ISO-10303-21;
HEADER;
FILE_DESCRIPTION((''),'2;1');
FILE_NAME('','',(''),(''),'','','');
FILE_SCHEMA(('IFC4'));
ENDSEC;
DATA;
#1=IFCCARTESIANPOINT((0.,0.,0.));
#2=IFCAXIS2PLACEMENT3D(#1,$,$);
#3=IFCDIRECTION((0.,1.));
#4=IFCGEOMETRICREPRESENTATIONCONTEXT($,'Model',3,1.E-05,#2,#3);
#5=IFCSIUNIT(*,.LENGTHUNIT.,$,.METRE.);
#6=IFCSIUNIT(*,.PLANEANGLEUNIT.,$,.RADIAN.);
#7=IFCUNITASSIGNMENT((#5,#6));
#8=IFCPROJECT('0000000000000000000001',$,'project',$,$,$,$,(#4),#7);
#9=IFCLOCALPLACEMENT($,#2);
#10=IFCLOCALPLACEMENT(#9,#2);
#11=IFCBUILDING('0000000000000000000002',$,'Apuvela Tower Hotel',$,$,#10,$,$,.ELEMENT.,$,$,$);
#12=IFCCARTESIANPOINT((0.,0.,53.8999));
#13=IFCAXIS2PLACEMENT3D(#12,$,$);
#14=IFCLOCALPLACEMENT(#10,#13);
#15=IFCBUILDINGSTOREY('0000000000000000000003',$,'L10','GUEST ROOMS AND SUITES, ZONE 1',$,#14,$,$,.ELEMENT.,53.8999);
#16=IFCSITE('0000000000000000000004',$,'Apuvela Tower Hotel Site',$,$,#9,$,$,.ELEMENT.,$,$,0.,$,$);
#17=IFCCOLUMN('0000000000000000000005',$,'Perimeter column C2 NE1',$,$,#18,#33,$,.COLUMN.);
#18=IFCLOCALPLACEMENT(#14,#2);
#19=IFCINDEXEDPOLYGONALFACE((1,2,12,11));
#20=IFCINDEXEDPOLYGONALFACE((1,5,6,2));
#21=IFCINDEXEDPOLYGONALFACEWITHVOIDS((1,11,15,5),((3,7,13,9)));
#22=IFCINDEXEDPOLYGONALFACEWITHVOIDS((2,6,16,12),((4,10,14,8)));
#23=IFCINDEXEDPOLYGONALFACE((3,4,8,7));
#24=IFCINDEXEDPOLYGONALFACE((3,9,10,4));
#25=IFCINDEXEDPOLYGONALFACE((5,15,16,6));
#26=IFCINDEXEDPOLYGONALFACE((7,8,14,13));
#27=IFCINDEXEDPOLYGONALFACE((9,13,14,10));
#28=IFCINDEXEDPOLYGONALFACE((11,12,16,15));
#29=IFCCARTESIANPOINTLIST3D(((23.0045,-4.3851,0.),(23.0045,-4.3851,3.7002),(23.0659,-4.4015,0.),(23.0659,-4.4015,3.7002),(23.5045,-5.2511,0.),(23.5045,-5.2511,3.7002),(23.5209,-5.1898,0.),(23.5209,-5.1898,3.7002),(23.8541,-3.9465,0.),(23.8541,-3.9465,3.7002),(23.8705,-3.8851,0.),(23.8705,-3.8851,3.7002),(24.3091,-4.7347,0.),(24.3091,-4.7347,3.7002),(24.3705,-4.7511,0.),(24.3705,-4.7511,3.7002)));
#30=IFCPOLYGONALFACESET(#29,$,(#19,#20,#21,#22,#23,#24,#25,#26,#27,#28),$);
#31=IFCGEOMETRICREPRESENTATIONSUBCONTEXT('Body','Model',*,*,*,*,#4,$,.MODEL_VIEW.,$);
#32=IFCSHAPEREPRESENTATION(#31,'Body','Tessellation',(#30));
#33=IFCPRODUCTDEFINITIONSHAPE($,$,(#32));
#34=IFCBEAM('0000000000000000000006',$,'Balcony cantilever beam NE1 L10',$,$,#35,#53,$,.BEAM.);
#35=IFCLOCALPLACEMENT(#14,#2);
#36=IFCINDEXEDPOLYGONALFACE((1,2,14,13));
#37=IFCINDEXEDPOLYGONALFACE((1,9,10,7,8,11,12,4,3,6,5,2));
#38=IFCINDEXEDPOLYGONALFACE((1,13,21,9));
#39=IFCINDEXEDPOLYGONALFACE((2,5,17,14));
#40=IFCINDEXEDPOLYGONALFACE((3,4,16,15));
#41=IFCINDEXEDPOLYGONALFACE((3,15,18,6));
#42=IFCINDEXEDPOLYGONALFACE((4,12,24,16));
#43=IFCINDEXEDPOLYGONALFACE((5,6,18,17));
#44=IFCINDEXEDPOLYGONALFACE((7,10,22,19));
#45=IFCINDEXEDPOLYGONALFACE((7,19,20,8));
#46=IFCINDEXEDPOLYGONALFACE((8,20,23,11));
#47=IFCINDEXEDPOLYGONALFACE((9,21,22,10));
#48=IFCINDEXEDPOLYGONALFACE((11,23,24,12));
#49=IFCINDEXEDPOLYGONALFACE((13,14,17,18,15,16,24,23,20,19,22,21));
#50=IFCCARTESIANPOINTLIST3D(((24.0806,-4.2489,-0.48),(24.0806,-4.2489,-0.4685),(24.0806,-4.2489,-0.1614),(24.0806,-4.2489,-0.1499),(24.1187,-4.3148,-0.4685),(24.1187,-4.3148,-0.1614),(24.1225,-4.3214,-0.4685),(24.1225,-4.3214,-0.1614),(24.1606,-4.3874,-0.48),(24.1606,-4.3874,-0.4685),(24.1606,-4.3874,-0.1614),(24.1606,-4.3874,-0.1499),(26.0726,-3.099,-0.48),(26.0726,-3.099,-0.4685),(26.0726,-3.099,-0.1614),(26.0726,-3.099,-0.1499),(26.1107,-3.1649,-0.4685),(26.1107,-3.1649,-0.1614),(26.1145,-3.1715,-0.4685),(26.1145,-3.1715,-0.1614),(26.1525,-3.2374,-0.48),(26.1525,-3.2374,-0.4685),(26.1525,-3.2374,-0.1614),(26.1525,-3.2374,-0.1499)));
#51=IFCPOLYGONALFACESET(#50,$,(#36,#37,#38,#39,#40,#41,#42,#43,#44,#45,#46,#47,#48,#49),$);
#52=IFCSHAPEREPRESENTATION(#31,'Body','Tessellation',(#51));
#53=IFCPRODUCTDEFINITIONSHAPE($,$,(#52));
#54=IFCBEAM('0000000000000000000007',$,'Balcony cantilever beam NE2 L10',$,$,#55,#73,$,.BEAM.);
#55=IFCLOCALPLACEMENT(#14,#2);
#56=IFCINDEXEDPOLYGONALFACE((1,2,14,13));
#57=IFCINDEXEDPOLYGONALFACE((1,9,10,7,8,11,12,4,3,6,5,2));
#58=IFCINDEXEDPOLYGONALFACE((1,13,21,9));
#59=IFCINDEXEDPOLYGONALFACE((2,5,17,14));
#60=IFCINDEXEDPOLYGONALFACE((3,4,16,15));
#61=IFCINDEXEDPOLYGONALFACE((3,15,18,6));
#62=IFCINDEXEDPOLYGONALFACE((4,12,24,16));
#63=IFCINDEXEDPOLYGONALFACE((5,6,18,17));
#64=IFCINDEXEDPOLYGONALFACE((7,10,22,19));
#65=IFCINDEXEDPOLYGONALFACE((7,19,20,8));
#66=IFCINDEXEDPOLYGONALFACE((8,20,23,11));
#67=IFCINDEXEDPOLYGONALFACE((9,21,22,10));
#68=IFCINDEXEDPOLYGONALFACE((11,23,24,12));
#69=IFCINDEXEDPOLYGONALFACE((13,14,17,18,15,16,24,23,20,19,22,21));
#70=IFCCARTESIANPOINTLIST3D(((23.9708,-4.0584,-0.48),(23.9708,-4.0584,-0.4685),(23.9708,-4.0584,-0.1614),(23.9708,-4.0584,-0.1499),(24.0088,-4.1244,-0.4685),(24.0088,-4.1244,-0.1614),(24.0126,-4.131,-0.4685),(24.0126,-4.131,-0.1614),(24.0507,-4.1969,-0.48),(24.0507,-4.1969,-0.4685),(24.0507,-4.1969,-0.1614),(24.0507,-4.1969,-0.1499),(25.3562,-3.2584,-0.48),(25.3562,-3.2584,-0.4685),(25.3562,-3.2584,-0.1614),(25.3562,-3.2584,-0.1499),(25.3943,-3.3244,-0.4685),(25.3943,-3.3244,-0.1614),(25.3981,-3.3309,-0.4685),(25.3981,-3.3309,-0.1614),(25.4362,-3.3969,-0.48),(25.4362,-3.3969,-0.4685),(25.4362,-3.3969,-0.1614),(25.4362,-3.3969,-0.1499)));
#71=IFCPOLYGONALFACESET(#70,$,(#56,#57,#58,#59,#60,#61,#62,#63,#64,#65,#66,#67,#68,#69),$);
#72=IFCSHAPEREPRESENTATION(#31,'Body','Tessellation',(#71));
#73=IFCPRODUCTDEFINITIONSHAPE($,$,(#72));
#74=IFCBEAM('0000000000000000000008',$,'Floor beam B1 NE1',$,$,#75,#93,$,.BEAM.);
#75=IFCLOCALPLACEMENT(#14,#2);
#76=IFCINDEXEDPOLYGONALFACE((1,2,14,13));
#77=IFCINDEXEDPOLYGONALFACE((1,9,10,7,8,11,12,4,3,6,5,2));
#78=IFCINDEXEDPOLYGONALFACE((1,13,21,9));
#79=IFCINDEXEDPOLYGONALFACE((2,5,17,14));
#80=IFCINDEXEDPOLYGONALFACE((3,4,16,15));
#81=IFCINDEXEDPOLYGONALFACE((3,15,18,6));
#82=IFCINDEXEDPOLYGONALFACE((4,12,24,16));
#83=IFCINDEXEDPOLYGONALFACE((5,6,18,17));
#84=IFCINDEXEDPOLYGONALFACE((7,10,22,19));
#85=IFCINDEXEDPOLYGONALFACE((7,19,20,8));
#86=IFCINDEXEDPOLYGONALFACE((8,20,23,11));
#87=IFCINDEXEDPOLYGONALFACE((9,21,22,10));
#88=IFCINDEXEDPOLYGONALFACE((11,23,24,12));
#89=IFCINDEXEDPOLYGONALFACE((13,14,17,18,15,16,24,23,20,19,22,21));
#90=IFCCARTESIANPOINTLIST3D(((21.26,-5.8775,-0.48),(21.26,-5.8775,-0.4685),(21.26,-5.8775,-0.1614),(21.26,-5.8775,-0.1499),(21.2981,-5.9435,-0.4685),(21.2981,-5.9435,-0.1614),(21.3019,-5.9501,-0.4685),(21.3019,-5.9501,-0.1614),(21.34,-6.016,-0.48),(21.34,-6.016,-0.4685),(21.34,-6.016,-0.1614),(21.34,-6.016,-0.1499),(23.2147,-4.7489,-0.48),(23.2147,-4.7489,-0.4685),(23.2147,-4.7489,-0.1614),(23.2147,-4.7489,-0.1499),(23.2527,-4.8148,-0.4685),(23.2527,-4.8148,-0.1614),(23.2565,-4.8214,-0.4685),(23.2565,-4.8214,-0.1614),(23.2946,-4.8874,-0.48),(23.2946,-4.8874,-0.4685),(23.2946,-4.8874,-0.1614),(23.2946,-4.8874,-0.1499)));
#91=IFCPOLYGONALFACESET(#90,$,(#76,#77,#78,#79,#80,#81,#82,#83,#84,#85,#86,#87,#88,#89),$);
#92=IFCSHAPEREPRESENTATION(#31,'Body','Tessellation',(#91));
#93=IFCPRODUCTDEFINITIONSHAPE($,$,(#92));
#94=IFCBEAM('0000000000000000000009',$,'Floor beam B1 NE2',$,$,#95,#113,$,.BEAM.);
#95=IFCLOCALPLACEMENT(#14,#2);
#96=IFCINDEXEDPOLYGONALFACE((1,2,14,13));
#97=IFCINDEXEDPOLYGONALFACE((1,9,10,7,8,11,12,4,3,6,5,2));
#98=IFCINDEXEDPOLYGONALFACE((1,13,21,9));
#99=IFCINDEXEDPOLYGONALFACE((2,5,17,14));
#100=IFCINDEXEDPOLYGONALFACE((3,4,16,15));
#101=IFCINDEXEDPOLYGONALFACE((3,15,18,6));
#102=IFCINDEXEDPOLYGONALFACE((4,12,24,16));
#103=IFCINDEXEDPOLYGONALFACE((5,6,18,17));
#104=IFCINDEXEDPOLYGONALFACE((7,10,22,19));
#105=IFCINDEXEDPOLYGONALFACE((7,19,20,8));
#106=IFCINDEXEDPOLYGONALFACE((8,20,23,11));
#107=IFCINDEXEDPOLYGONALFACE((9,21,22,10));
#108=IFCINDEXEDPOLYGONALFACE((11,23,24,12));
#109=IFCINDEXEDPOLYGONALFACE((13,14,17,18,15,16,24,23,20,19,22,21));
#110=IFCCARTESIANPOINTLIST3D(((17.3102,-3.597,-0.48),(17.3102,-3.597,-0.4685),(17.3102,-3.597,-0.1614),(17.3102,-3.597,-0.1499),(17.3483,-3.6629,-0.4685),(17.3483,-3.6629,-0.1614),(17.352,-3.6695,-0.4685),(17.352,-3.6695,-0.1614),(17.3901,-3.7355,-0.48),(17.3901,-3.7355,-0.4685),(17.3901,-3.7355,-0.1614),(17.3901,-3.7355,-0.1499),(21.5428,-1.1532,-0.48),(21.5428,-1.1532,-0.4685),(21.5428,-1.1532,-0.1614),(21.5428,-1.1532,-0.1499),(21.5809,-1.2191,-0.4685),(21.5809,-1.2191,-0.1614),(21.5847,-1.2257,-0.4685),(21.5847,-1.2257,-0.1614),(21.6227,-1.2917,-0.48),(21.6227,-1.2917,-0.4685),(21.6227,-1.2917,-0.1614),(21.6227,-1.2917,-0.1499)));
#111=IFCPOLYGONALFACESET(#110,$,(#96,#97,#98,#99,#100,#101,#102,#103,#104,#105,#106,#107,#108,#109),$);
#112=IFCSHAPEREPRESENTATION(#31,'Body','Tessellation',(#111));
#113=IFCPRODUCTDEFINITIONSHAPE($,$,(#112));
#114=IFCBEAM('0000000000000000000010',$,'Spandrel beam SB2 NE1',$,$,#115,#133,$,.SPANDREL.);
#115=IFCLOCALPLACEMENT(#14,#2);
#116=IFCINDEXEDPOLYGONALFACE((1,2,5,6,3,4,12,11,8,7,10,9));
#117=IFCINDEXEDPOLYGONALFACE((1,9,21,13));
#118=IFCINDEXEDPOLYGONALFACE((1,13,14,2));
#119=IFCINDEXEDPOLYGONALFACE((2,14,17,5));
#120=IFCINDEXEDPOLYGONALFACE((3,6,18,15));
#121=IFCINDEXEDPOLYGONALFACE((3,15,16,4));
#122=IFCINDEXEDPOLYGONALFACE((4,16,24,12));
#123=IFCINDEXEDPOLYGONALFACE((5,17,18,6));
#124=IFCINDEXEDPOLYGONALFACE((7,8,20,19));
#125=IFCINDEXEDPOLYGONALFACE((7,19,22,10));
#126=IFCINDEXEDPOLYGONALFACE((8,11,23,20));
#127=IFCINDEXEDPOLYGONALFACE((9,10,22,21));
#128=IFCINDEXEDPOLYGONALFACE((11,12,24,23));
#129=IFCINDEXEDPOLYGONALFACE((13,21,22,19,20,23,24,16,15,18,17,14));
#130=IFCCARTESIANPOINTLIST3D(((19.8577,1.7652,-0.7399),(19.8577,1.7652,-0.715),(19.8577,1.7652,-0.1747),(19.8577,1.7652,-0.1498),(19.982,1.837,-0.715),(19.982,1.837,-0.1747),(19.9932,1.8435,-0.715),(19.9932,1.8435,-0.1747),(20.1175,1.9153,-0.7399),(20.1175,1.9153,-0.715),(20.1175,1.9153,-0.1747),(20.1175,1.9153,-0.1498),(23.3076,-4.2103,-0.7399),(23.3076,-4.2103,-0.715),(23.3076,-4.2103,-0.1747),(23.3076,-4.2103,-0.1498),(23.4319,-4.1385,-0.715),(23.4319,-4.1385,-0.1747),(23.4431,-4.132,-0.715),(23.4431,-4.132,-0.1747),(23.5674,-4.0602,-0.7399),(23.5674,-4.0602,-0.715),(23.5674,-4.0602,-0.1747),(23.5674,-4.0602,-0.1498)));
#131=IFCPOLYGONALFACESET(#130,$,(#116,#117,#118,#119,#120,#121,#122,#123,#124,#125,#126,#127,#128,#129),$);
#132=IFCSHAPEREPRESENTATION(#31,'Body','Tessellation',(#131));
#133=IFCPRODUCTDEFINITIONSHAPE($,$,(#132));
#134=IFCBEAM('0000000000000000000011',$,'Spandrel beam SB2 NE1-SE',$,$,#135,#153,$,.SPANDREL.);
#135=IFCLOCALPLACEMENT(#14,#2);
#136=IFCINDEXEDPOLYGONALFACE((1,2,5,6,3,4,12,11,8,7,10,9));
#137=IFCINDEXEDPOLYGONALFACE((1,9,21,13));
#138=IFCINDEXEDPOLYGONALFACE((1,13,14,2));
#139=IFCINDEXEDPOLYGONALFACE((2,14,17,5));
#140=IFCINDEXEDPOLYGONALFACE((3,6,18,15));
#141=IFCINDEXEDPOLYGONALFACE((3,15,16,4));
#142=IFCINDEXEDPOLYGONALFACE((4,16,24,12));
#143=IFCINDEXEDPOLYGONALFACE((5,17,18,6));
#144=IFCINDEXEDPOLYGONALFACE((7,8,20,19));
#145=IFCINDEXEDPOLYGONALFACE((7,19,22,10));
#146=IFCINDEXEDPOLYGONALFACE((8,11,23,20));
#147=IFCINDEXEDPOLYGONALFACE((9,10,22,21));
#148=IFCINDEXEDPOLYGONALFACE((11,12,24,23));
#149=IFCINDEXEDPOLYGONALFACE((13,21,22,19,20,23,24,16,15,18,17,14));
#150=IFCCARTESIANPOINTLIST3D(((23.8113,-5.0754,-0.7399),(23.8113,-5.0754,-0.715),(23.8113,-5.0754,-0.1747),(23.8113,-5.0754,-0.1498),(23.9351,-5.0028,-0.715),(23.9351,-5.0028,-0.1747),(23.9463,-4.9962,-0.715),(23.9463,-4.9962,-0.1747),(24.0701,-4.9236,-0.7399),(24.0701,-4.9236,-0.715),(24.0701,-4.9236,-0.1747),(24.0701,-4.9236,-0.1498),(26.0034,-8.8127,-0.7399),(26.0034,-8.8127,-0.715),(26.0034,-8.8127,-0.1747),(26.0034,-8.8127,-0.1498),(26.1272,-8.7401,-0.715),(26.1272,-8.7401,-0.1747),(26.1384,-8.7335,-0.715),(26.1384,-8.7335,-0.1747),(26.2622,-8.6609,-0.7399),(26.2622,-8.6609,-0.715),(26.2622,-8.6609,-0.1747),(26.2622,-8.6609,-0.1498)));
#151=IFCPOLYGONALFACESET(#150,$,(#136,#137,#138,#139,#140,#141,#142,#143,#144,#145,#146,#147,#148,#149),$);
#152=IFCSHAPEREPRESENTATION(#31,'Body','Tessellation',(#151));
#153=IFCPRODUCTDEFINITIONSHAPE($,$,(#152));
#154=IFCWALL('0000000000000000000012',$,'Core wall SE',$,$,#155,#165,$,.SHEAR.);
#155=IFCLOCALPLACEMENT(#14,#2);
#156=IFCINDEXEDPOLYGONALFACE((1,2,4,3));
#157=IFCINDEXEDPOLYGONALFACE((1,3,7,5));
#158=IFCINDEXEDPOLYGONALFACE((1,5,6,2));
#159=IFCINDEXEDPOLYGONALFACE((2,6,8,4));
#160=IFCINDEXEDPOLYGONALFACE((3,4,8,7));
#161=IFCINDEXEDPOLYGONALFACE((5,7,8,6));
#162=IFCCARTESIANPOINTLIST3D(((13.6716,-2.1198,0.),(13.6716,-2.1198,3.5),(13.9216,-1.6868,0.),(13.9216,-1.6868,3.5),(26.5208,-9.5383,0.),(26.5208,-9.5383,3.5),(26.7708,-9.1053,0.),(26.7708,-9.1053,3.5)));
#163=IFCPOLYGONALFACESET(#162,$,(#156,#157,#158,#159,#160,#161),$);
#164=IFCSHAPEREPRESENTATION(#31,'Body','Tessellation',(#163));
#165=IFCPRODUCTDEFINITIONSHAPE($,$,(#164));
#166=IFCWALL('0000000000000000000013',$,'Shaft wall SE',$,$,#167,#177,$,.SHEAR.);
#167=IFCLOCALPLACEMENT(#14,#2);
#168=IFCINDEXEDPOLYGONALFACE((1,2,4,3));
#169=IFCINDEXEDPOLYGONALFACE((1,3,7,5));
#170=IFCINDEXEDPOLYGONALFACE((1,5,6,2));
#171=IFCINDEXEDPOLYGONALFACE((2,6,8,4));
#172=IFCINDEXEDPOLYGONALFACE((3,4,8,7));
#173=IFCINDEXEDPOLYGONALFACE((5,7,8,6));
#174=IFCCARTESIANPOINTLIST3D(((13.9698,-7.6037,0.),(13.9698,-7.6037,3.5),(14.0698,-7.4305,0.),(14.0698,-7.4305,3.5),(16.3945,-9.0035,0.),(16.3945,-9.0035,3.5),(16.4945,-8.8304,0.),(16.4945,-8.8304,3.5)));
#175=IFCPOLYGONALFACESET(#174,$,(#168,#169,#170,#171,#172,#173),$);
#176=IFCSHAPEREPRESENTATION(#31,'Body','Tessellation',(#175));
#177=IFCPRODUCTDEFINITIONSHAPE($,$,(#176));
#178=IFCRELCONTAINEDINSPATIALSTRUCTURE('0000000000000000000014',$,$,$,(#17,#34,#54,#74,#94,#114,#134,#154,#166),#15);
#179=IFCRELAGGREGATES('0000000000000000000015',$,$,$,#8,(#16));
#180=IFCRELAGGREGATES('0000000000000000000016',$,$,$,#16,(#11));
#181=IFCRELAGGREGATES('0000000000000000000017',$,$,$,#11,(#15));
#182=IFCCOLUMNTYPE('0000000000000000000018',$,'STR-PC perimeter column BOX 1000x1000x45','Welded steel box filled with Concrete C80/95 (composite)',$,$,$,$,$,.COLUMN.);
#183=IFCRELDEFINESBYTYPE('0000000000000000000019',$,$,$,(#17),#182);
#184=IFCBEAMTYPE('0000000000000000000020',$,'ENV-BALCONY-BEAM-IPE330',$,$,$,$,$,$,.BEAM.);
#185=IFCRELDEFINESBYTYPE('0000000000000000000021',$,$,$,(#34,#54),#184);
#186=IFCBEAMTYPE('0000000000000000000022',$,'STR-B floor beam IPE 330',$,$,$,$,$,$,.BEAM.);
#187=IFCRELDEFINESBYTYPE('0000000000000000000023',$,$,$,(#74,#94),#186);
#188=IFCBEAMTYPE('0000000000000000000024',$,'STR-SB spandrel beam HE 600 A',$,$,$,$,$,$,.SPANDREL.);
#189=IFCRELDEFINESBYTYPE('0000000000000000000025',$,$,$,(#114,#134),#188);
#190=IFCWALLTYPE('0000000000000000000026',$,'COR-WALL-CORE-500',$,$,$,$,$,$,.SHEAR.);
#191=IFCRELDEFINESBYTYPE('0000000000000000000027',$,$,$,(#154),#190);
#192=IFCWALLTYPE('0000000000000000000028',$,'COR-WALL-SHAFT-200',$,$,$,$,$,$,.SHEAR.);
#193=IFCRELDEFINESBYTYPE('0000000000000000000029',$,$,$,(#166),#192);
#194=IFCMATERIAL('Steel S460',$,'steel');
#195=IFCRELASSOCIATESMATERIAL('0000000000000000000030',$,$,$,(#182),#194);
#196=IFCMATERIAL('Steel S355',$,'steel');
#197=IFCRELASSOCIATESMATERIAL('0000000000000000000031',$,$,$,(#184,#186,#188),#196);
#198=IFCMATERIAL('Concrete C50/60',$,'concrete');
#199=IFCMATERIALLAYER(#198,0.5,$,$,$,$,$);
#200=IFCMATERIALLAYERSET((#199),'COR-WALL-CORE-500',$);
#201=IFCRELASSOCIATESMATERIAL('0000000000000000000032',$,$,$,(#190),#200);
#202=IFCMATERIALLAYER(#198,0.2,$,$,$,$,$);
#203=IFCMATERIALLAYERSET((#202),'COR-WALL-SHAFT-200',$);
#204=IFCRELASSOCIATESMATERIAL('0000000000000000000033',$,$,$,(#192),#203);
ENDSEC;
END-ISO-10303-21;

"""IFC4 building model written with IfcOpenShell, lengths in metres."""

from ifc_helpers import new_model, si_unit, direction, frame, frame_2d, origin, origin_2d, place, context, subcontext, project, spatial, rectangle, hollow_rectangle, i_section, extrude, material, layer, layer_set, material_profile, profile_set, type_object, element, save


model = new_model("IFC4")

# Units and contexts
model_context = context("Model", 3, precision=1e-05, world=origin(), true_north=direction((0.0, 1.0)))
body_context = subcontext(model_context, "Body", "Model", "MODEL_VIEW")
ifc_project = project(units=[si_unit("LENGTHUNIT", "METRE"), si_unit("PLANEANGLEUNIT", "RADIAN")], contexts=[model_context])

# Site, building, storey
site_placement = place(None, origin())
site = spatial("IfcSite", under=ifc_project, at=site_placement, Name="Apuvela Tower Hotel Site", CompositionType="ELEMENT", RefElevation=0.0)
building_placement = place(site_placement, origin())
building = spatial("IfcBuilding", under=site, at=building_placement, Name="Apuvela Tower Hotel", CompositionType="ELEMENT")
storey_placement = place(building_placement, frame((0.0, 0.0, 53.8999)))
storey = spatial("IfcBuildingStorey", under=building, at=storey_placement, Name="L10", Description="GUEST ROOMS AND SUITES, ZONE 1", CompositionType="ELEMENT", Elevation=53.8999)

# Column
ifc_material_1 = material(Name="Steel S460", Category="steel")
ifc_material_profile_1 = material_profile(ifc_material_1, hollow_rectangle(XDim=1.0, YDim=1.0, WallThickness=0.0449, at=origin_2d()), Name="BOX 1000x1000x45")
ifc_material_2 = material(Name="Concrete C80/95", Category="concrete")
ifc_material_profile_2 = material_profile(ifc_material_2, rectangle(XDim=0.9099, YDim=0.9099, at=origin_2d()), Name="Concrete C80/95 infill")
ifc_profile_set_1 = profile_set([ifc_material_profile_1, ifc_material_profile_2], Name="Steel S460")
column_type = type_object("IfcColumnType", Name="STR-PC perimeter column BOX 1000x1000x45", Description="Welded steel box filled with Concrete C80/95 (composite)", PredefinedType="COLUMN", material=ifc_profile_set_1)
column_placement = place(storey_placement, frame((23.6875, -4.5681, 0.0), z_axis=(0.0, 0.0, 1.0), x_axis=(-0.5, 0.866025, 0.0)))
element("IfcColumn", 1, at=column_placement, inside=storey, type_object=column_type, Name="Perimeter column C2 NE1", PredefinedType="COLUMN", context=body_context, shape_type="SweptSolid", body=[
    extrude(hollow_rectangle(XDim=1.0, YDim=1.0, WallThickness=0.0449, at=origin_2d()), origin(), (0.0, 0.0, 1.0), 3.7002),
])

# Beams
ifc_material_3 = material(Name="Steel S355", Category="steel")
ifc_material_profile_3 = material_profile(ifc_material_3, i_section(OverallWidth=0.1599, OverallDepth=0.3301, WebThickness=0.0076, FlangeThickness=0.0115, at=origin_2d()), Name="IPE 330")
ifc_profile_set_2 = profile_set([ifc_material_profile_3], Name="Steel S355")
beam_type_1 = type_object("IfcBeamType", Name="ENV-BALCONY-BEAM-IPE330", PredefinedType="BEAM", material=ifc_profile_set_2)
beam_1_placement = place(storey_placement, frame((24.1206, -4.3181, -0.3149), z_axis=(0.866053, 0.499952, 0.0), x_axis=(-0.499952, 0.866053, 0.0)))
element("IfcBeam", 2, at=beam_1_placement, inside=storey, type_object=beam_type_1, Name="Balcony cantilever beam NE1 L10", PredefinedType="BEAM", context=body_context, shape_type="SweptSolid", body=[
    extrude(i_section(OverallWidth=0.1599, OverallDepth=0.3301, WebThickness=0.0076, FlangeThickness=0.0115, at=origin_2d()), origin(), (0.0, 0.0, 1.0), 2.3),
])
beam_2_placement = place(storey_placement, frame((24.0107, -4.1277, -0.3149), z_axis=(0.86599, 0.500061, 0.0), x_axis=(-0.500061, 0.86599, 0.0)))
element("IfcBeam", 3, at=beam_2_placement, inside=storey, type_object=beam_type_1, Name="Balcony cantilever beam NE2 L10", PredefinedType="BEAM", context=body_context, shape_type="SweptSolid", body=[
    extrude(i_section(OverallWidth=0.1599, OverallDepth=0.3301, WebThickness=0.0076, FlangeThickness=0.0115, at=origin_2d()), origin(), (0.0, 0.0, 1.0), 1.5999),
])
ifc_material_profile_4 = material_profile(ifc_material_3, i_section(OverallWidth=0.1599, OverallDepth=0.3301, WebThickness=0.0076, FlangeThickness=0.0115, at=origin_2d()), Name="IPE 330")
ifc_profile_set_3 = profile_set([ifc_material_profile_4], Name="Steel S355")
beam_type_2 = type_object("IfcBeamType", Name="STR-B floor beam IPE 330", PredefinedType="BEAM", material=ifc_profile_set_3)
beam_3_placement = place(storey_placement, frame((23.2546, -4.8181, -0.3149), z_axis=(-0.865991, -0.50006, 0.0), x_axis=(0.50006, -0.865991, 0.0)))
element("IfcBeam", 4, at=beam_3_placement, inside=storey, type_object=beam_type_2, Name="Floor beam B1 NE1", PredefinedType="BEAM", context=body_context, shape_type="SweptSolid", body=[
    extrude(i_section(OverallWidth=0.1599, OverallDepth=0.3301, WebThickness=0.0076, FlangeThickness=0.0115, at=origin_2d()), origin(), (0.0, 0.0, 1.0), 2.2571),
])
beam_4_placement = place(storey_placement, frame((21.5828, -1.2224, -0.3149), z_axis=(-0.866015, -0.500018, 0.0), x_axis=(0.500018, -0.866015, 0.0)))
element("IfcBeam", 5, at=beam_4_placement, inside=storey, type_object=beam_type_2, Name="Floor beam B1 NE2", PredefinedType="BEAM", context=body_context, shape_type="SweptSolid", body=[
    extrude(i_section(OverallWidth=0.1599, OverallDepth=0.3301, WebThickness=0.0076, FlangeThickness=0.0115, at=origin_2d()), origin(), (0.0, 0.0, 1.0), 4.8875),
])
ifc_material_profile_5 = material_profile(ifc_material_3, i_section(OverallWidth=0.3, OverallDepth=0.5901, WebThickness=0.0129, FlangeThickness=0.0249, at=origin_2d()), Name="HE 600 A")
ifc_profile_set_4 = profile_set([ifc_material_profile_5], Name="Steel S355")
beam_type_3 = type_object("IfcBeamType", Name="STR-SB spandrel beam HE 600 A", PredefinedType="SPANDREL", material=ifc_profile_set_4)
beam_5_placement = place(storey_placement, frame((23.4375, -4.1353, -0.4448), z_axis=(-0.499994, 0.866029, 0.0), x_axis=(-0.866029, -0.499994, 0.0)))
element("IfcBeam", 6, at=beam_5_placement, inside=storey, type_object=beam_type_3, Name="Spandrel beam SB2 NE1", PredefinedType="SPANDREL", context=body_context, shape_type="SweptSolid", body=[
    extrude(i_section(OverallWidth=0.3, OverallDepth=0.5901, WebThickness=0.0129, FlangeThickness=0.0249, at=origin_2d()), origin(), (0.0, 0.0, 1.0), 6.8999),
])
beam_6_placement = place(storey_placement, frame((23.9407, -4.9995, -0.4448), z_axis=(0.505944, -0.862567, 0.0), x_axis=(0.862567, 0.505944, 0.0)))
element("IfcBeam", 7, at=beam_6_placement, inside=storey, type_object=beam_type_3, Name="Spandrel beam SB2 NE1-SE", PredefinedType="SPANDREL", context=body_context, shape_type="SweptSolid", body=[
    extrude(i_section(OverallWidth=0.3, OverallDepth=0.5901, WebThickness=0.0129, FlangeThickness=0.0249, at=origin_2d()), origin(), (0.0, 0.0, 1.0), 4.3328),
])

# Walls
ifc_material_4 = material(Name="Concrete C50/60", Category="concrete")
ifc_layer_1 = layer(ifc_material_4, 0.5)
ifc_layer_set_1 = layer_set([ifc_layer_1], Name="COR-WALL-CORE-500")
wall_type_1 = type_object("IfcWallType", Name="COR-WALL-CORE-500", PredefinedType="SHEAR", material=ifc_layer_set_1)
wall_1_placement = place(storey_placement, frame((13.7966, -1.9033, 0.0), z_axis=(0.0, 0.0, 1.0), x_axis=(0.866025, -0.500001, 0.0)))
element("IfcWall", 8, at=wall_1_placement, inside=storey, type_object=wall_type_1, Name="Core wall SE", PredefinedType="SHEAR", context=body_context, shape_type="SweptSolid", body=[
    extrude(rectangle(XDim=14.8369, YDim=0.5, at=frame_2d((7.4185, 0.0))), origin(), (0.0, 0.0, 1.0), 3.5),
])
ifc_layer_2 = layer(ifc_material_4, 0.2)
ifc_layer_set_2 = layer_set([ifc_layer_2], Name="COR-WALL-SHAFT-200")
wall_type_2 = type_object("IfcWallType", Name="COR-WALL-SHAFT-200", PredefinedType="SHEAR", material=ifc_layer_set_2)
wall_2_placement = place(storey_placement, frame((14.0198, -7.5171, 0.0), z_axis=(0.0, 0.0, 1.0), x_axis=(0.866035, -0.499984, 0.0)))
element("IfcWall", 9, at=wall_2_placement, inside=storey, type_object=wall_type_2, Name="Shaft wall SE", PredefinedType="SHEAR", context=body_context, shape_type="SweptSolid", body=[
    extrude(rectangle(XDim=2.7998, YDim=0.2, at=frame_2d((1.3999, 0.0))), origin(), (0.0, 0.0, 1.0), 3.5),
])

save(model, "model.ifc")
